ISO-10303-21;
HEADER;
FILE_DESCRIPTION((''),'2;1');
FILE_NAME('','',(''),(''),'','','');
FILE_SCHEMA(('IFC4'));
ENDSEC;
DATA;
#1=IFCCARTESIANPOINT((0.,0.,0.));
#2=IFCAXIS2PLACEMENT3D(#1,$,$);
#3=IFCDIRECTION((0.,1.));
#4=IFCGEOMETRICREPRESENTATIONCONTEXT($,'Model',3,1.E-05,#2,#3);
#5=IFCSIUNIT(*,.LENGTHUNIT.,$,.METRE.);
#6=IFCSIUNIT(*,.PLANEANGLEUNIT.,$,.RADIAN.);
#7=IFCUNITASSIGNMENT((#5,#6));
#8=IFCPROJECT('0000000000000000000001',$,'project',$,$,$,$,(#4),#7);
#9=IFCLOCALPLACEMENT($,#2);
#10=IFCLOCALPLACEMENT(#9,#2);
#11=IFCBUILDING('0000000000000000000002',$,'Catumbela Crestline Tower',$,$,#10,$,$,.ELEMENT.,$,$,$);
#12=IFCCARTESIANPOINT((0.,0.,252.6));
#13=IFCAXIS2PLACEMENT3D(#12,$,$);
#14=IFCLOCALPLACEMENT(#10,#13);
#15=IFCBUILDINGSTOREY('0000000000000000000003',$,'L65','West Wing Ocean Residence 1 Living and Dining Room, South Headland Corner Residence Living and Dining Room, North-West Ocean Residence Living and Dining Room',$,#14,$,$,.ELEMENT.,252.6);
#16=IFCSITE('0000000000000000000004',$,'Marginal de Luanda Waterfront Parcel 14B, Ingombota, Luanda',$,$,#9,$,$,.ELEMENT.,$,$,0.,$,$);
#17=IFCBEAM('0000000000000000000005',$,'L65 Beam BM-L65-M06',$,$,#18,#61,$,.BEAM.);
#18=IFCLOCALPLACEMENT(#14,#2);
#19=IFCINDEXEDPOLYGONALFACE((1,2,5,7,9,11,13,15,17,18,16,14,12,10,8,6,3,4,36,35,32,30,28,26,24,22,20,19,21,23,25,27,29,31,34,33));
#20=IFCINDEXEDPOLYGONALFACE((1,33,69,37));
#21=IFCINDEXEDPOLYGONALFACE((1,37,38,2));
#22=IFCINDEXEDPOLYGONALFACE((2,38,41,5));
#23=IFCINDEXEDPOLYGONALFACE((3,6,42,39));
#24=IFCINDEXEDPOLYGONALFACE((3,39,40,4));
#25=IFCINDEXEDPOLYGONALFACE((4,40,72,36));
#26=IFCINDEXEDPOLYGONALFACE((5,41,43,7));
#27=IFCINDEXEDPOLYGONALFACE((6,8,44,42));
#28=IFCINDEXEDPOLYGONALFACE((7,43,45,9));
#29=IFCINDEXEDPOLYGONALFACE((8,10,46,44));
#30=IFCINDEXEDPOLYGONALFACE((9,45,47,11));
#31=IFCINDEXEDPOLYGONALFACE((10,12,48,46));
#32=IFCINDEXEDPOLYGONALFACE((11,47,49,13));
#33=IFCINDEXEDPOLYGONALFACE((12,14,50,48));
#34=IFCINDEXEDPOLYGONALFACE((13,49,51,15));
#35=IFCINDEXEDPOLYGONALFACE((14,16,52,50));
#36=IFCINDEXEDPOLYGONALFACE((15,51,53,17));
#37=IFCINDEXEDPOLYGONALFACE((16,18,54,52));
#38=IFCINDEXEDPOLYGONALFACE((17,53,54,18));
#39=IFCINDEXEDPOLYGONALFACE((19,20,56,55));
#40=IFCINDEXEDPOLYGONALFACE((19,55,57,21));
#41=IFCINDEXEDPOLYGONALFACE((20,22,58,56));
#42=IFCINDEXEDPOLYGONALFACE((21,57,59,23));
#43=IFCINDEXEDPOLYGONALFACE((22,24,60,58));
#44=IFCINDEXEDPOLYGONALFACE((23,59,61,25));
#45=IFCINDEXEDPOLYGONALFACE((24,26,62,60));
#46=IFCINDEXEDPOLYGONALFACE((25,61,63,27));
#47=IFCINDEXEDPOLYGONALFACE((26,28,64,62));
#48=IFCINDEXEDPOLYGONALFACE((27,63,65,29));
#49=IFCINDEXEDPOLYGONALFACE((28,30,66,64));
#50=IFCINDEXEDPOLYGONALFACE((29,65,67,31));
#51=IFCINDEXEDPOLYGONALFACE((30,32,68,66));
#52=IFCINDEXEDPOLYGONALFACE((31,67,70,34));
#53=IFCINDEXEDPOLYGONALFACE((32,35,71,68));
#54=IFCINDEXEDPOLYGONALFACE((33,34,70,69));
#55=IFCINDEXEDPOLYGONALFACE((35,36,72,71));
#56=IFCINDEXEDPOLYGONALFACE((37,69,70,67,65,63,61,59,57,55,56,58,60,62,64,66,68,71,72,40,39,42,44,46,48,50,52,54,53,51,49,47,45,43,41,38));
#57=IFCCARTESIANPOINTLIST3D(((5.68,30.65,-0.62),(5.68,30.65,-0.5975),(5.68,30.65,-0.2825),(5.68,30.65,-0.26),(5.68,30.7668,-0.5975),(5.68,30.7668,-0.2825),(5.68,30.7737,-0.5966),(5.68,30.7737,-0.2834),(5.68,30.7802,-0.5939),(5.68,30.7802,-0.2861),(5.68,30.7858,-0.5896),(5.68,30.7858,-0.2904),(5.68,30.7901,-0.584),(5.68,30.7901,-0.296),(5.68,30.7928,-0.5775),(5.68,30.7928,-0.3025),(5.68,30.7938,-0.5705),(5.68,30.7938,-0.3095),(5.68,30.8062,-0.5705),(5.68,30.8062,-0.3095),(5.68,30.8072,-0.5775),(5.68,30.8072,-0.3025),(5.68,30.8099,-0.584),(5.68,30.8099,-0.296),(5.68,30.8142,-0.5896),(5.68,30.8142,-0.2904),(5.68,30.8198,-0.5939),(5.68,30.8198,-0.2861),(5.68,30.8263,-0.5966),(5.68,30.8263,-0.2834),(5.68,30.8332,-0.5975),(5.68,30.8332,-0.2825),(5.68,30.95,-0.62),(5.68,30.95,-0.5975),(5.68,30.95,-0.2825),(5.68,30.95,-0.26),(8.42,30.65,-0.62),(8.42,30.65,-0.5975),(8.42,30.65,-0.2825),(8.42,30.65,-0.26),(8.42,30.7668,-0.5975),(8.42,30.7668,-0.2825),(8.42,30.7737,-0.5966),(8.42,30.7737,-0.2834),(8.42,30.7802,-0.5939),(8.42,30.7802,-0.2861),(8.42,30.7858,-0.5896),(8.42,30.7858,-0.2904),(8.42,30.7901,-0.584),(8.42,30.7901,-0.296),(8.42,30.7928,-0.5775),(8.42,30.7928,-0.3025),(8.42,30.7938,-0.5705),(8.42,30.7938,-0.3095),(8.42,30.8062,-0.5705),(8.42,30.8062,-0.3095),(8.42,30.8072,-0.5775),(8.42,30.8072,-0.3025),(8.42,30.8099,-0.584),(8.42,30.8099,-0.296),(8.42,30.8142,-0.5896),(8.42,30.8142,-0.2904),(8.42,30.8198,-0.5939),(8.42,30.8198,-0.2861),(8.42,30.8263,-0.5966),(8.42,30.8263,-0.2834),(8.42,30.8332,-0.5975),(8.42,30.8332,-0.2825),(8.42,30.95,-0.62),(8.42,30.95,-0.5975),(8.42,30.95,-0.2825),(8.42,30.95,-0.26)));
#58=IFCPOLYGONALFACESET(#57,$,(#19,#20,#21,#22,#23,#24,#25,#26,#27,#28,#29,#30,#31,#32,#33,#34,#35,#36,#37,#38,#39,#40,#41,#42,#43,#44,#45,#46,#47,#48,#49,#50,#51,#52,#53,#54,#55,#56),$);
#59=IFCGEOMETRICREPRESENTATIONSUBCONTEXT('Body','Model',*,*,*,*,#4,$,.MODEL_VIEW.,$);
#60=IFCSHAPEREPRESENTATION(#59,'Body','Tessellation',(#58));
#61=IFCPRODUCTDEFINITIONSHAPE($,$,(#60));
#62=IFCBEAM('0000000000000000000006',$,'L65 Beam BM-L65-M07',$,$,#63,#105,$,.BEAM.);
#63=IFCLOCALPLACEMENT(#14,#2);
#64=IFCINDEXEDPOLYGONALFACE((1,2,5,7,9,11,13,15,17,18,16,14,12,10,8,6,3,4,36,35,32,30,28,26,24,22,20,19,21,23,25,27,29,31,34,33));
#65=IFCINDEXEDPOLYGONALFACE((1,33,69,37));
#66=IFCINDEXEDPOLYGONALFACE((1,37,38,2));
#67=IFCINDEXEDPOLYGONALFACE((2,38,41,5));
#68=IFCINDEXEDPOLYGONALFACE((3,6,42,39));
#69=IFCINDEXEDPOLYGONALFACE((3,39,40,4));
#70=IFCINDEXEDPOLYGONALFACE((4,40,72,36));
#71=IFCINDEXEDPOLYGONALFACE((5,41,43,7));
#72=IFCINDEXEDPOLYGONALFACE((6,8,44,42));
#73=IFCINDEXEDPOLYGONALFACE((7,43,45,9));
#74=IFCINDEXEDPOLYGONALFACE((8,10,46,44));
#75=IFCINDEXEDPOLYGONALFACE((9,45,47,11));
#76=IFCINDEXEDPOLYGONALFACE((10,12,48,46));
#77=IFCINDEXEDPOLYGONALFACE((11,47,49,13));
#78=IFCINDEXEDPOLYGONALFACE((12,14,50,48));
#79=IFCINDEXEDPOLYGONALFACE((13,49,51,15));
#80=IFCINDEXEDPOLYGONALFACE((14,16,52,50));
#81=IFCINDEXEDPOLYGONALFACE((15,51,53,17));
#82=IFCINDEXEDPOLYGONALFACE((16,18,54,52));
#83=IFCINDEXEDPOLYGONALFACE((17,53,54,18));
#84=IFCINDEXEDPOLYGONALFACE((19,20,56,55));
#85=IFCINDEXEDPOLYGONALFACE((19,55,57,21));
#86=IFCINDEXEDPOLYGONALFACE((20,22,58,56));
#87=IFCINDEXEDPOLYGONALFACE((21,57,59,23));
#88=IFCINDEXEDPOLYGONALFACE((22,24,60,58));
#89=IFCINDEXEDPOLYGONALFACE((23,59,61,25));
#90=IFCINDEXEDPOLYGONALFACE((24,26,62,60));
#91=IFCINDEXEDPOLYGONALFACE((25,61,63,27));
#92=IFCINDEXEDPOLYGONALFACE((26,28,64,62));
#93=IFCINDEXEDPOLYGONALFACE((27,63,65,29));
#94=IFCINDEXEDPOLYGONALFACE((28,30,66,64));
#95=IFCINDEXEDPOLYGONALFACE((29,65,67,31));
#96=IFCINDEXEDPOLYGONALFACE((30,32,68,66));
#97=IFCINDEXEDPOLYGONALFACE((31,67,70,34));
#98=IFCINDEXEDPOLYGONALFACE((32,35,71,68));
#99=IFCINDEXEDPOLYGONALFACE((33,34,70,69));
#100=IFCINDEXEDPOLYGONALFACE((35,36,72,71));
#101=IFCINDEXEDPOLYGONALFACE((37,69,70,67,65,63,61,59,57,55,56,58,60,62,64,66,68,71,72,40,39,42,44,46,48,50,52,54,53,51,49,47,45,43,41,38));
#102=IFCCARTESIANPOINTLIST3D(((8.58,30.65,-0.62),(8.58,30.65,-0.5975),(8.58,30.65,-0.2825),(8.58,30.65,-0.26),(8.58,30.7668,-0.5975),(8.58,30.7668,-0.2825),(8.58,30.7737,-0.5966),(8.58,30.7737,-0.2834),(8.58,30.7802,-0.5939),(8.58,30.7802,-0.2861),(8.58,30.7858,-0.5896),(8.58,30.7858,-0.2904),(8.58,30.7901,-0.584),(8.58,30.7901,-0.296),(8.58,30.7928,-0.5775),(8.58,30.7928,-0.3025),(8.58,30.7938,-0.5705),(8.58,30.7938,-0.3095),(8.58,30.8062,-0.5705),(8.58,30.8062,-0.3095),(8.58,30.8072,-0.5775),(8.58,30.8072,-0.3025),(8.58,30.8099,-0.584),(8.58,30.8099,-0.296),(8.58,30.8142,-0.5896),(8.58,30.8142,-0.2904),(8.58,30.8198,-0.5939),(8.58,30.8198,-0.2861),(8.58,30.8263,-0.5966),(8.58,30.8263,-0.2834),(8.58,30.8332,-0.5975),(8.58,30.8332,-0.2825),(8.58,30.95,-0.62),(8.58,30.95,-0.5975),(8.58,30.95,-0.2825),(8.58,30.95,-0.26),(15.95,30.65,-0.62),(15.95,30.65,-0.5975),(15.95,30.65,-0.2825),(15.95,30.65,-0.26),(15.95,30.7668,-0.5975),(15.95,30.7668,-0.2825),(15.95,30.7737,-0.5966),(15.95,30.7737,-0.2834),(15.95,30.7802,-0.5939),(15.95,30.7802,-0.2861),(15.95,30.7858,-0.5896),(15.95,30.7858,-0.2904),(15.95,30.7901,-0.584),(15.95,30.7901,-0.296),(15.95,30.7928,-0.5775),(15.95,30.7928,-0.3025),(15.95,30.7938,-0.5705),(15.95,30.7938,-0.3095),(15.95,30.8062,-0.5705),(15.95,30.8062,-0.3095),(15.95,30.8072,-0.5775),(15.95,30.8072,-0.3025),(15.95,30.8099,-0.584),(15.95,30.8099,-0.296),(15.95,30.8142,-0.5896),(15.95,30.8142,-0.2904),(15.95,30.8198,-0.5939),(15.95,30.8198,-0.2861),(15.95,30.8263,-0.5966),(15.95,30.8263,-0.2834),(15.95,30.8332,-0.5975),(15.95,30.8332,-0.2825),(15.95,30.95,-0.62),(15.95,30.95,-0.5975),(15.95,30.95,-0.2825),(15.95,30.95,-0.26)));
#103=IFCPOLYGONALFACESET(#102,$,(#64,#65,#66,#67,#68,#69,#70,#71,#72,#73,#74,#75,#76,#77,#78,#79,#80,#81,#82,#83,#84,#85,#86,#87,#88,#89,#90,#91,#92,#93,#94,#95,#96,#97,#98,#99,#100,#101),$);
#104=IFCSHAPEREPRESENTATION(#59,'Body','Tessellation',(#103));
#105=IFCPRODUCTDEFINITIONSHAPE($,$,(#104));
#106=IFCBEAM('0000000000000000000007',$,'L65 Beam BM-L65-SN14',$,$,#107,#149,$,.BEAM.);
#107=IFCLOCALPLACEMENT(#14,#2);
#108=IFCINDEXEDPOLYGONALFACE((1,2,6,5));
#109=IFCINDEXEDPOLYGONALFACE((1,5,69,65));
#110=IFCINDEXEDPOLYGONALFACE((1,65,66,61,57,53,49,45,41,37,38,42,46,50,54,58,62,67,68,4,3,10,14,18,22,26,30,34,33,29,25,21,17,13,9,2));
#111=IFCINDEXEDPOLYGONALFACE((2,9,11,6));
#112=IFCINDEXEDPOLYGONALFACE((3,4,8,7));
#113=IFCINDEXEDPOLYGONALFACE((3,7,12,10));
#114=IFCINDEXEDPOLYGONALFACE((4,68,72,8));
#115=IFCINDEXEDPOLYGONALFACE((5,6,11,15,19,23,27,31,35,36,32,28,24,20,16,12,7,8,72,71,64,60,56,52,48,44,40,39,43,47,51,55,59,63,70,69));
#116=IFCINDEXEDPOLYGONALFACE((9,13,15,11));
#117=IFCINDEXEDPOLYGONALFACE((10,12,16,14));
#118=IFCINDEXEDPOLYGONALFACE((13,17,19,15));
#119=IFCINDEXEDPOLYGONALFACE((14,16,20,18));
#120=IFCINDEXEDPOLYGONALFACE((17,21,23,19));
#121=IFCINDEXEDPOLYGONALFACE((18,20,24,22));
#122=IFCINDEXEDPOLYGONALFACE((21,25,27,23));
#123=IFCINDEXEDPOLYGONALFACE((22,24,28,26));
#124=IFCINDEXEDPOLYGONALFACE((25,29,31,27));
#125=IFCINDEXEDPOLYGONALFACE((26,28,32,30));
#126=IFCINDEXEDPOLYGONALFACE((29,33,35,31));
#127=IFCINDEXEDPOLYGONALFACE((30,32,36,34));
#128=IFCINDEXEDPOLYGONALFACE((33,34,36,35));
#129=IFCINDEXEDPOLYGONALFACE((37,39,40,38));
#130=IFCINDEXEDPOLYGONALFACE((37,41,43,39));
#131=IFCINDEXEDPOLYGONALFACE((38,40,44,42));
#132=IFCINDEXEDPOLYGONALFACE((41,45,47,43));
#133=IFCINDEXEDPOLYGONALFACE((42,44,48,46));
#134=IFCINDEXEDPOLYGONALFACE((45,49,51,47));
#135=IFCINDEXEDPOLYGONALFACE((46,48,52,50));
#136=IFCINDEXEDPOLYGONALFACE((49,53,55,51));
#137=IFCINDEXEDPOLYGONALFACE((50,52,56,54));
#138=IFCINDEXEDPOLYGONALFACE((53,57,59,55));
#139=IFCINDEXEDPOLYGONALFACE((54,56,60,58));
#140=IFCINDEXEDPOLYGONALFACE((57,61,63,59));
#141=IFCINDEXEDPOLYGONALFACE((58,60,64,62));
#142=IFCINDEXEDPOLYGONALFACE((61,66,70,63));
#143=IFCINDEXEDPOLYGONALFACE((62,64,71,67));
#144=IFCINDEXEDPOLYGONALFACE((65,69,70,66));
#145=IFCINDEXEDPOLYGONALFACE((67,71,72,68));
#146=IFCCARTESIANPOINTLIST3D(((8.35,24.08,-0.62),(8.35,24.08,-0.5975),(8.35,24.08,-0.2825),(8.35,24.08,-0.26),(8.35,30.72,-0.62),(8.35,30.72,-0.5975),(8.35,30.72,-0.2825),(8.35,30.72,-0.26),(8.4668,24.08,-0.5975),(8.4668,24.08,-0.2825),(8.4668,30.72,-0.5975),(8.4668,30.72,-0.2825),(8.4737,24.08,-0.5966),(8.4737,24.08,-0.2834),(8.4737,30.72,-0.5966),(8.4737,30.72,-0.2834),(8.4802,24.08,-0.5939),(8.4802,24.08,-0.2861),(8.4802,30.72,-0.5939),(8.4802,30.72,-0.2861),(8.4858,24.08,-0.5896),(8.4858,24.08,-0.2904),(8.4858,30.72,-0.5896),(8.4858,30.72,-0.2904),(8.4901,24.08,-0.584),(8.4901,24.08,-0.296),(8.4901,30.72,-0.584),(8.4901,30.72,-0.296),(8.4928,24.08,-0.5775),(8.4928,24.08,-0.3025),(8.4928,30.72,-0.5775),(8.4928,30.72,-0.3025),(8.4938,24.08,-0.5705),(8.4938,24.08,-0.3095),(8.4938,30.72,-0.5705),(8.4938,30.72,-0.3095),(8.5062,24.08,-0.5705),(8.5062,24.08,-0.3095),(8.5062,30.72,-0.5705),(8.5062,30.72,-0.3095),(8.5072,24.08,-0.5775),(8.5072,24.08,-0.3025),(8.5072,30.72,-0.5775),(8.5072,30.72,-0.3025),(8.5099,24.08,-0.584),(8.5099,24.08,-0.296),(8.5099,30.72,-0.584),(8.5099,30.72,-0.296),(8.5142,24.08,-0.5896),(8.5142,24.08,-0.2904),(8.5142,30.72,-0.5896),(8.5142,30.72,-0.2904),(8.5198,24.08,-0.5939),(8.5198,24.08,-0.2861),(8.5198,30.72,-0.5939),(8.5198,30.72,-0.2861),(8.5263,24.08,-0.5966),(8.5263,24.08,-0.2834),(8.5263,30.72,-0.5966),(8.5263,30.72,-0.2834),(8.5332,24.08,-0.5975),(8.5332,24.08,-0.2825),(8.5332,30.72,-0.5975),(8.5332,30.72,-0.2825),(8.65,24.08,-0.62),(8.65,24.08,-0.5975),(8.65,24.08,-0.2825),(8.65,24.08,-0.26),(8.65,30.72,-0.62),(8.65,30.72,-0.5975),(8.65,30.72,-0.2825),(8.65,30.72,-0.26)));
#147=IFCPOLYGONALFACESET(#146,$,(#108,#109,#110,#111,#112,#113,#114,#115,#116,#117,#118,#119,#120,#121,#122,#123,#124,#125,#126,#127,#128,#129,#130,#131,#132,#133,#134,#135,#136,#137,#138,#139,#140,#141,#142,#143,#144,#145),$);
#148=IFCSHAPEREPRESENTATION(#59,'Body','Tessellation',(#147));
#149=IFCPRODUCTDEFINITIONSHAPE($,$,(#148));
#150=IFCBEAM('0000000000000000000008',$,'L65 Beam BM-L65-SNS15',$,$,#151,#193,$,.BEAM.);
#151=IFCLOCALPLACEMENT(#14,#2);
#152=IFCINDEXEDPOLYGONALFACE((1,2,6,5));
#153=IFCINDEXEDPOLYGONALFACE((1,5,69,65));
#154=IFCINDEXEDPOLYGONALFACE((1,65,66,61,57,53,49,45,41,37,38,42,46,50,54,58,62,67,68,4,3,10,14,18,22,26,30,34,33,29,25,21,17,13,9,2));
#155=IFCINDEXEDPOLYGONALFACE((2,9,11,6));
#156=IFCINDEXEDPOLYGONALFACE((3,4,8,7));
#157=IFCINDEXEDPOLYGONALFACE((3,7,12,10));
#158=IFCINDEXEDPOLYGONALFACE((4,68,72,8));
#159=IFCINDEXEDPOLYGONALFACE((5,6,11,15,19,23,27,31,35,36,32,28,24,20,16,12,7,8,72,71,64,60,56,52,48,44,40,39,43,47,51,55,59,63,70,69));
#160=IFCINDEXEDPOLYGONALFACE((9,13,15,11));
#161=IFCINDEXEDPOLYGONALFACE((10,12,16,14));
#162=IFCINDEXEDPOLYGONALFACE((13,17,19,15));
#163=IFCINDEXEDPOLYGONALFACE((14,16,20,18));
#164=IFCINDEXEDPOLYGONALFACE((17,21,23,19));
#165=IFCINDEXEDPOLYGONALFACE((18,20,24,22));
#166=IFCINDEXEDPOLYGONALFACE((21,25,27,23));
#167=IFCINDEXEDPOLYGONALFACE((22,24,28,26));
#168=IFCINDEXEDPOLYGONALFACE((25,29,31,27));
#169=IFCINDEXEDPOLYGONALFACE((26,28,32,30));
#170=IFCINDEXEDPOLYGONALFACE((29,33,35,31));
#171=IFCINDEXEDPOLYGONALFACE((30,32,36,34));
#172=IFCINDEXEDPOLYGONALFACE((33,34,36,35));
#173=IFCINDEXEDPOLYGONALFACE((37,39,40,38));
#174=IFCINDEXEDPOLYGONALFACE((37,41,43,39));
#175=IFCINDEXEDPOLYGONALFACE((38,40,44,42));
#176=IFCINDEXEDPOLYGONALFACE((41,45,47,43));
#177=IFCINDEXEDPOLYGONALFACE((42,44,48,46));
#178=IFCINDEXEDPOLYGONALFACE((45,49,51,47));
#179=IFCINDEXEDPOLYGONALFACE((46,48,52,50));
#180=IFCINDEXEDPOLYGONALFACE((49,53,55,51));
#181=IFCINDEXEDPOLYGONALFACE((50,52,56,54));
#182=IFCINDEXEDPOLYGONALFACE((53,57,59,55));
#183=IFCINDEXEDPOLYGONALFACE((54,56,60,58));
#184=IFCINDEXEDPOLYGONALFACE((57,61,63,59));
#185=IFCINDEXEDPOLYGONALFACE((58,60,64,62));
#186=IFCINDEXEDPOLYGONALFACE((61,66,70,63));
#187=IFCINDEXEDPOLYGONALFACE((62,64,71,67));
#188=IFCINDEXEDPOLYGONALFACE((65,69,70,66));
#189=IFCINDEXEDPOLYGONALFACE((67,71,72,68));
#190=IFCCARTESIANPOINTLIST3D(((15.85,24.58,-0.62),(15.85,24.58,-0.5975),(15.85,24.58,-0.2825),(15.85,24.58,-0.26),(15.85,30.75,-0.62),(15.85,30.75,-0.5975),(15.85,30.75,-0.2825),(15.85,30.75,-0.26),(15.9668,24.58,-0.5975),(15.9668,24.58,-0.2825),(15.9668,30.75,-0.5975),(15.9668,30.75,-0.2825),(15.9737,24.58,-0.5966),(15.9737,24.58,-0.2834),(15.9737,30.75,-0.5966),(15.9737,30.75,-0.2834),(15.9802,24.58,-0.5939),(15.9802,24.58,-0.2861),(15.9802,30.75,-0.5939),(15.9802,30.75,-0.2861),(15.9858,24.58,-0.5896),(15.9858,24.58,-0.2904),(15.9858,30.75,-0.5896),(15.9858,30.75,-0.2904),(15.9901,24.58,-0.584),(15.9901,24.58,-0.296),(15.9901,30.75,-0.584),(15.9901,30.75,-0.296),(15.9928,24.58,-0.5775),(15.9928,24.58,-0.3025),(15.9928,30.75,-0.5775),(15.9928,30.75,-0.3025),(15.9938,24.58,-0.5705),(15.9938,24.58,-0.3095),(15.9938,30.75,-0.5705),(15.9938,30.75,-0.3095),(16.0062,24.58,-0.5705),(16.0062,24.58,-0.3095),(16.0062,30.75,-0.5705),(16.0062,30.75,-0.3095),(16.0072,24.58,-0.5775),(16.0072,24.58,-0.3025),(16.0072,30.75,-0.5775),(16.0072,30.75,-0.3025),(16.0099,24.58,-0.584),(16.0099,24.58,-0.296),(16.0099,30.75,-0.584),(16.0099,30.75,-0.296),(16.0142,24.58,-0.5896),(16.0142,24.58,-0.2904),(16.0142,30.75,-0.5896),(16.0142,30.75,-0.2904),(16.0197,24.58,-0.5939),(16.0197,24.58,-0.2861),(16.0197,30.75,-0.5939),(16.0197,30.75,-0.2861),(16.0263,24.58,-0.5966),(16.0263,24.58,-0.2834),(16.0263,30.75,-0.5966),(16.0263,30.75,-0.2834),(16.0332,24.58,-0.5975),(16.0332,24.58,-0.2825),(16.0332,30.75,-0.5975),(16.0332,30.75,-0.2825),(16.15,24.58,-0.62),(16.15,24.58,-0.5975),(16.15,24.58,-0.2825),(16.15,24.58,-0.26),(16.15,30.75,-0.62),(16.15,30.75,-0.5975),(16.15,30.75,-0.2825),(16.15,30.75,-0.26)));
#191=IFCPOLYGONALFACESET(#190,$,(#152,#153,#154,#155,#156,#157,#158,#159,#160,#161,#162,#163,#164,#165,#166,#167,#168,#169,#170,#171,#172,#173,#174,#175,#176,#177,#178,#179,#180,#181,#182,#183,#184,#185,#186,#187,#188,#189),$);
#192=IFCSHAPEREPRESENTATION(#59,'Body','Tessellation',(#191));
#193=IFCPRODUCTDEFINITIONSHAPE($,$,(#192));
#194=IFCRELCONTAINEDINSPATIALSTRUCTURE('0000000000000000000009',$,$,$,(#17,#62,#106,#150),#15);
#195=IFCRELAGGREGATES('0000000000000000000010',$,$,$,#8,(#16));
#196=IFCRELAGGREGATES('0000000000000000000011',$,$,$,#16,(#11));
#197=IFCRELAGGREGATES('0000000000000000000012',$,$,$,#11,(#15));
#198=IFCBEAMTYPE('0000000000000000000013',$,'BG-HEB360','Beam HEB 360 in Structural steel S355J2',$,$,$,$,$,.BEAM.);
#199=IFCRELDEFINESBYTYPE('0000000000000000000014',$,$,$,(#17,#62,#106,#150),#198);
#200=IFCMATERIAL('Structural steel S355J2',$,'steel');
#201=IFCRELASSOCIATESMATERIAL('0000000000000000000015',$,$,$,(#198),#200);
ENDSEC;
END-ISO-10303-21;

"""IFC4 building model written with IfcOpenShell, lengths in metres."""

from ifc_helpers import new_model, si_unit, direction, frame, origin, origin_2d, place, context, subcontext, project, spatial, i_section, extrude, material, material_profile, profile_set, type_object, element, save


model = new_model("IFC4")

# Units and contexts
model_context = context("Model", 3, precision=1e-05, world=origin(), true_north=direction((0.0, 1.0)))
body_context = subcontext(model_context, "Body", "Model", "MODEL_VIEW")
ifc_project = project(units=[si_unit("LENGTHUNIT", "METRE"), si_unit("PLANEANGLEUNIT", "RADIAN")], contexts=[model_context])

# Site, building, storey
site_placement = place(None, origin())
site = spatial("IfcSite", under=ifc_project, at=site_placement, Name="Marginal de Luanda Waterfront Parcel 14B, Ingombota, Luanda", CompositionType="ELEMENT", RefElevation=0.0)
building_placement = place(site_placement, origin())
building = spatial("IfcBuilding", under=site, at=building_placement, Name="Catumbela Crestline Tower", CompositionType="ELEMENT")
storey_placement = place(building_placement, frame((0.0, 0.0, 252.6)))
storey = spatial("IfcBuildingStorey", under=building, at=storey_placement, Name="L65", Description="West Wing Ocean Residence 1 Living and Dining Room, South Headland Corner Residence Living and Dining Room, North-West Ocean Residence Living and Dining Room", CompositionType="ELEMENT", Elevation=252.6)

# Beams
ifc_material_1 = material(Name="Structural steel S355J2", Category="steel")
ifc_material_profile_1 = material_profile(ifc_material_1, i_section(OverallWidth=0.3, OverallDepth=0.36, WebThickness=0.0125, FlangeThickness=0.0225, FilletRadius=0.027, at=origin_2d()), Name="HEB 360")
ifc_profile_set_1 = profile_set([ifc_material_profile_1], Name="Structural steel S355J2")
beam_type = type_object("IfcBeamType", Name="BG-HEB360", Description="Beam HEB 360 in Structural steel S355J2", PredefinedType="BEAM", material=ifc_profile_set_1)
beam_1_placement = place(storey_placement, frame((5.68, 30.8, -0.44), z_axis=(1.0, 0.0, 0.0), x_axis=(0.0, 1.0, 0.0)))
element("IfcBeam", 1, at=beam_1_placement, inside=storey, type_object=beam_type, Name="L65 Beam BM-L65-M06", PredefinedType="BEAM", context=body_context, shape_type="SweptSolid", body=[
    extrude(i_section(OverallWidth=0.3, OverallDepth=0.36, WebThickness=0.0125, FlangeThickness=0.0225, FilletRadius=0.027, at=origin_2d()), origin(), (0.0, 0.0, 1.0), 2.74),
])
beam_2_placement = place(storey_placement, frame((8.58, 30.8, -0.44), z_axis=(1.0, 0.0, 0.0), x_axis=(0.0, 1.0, 0.0)))
element("IfcBeam", 2, at=beam_2_placement, inside=storey, type_object=beam_type, Name="L65 Beam BM-L65-M07", PredefinedType="BEAM", context=body_context, shape_type="SweptSolid", body=[
    extrude(i_section(OverallWidth=0.3, OverallDepth=0.36, WebThickness=0.0125, FlangeThickness=0.0225, FilletRadius=0.027, at=origin_2d()), origin(), (0.0, 0.0, 1.0), 7.37),
])
beam_3_placement = place(storey_placement, frame((8.5, 24.08, -0.44), z_axis=(0.0, 1.0, 0.0), x_axis=(-1.0, 0.0, 0.0)))
element("IfcBeam", 3, at=beam_3_placement, inside=storey, type_object=beam_type, Name="L65 Beam BM-L65-SN14", PredefinedType="BEAM", context=body_context, shape_type="SweptSolid", body=[
    extrude(i_section(OverallWidth=0.3, OverallDepth=0.36, WebThickness=0.0125, FlangeThickness=0.0225, FilletRadius=0.027, at=origin_2d()), origin(), (0.0, 0.0, 1.0), 6.64),
])
beam_4_placement = place(storey_placement, frame((16.0, 24.58, -0.44), z_axis=(0.0, 1.0, 0.0), x_axis=(-1.0, 0.0, 0.0)))
element("IfcBeam", 4, at=beam_4_placement, inside=storey, type_object=beam_type, Name="L65 Beam BM-L65-SNS15", PredefinedType="BEAM", context=body_context, shape_type="SweptSolid", body=[
    extrude(i_section(OverallWidth=0.3, OverallDepth=0.36, WebThickness=0.0125, FlangeThickness=0.0225, FilletRadius=0.027, at=origin_2d()), origin(), (0.0, 0.0, 1.0), 6.17),
])

save(model, "model.ifc")
